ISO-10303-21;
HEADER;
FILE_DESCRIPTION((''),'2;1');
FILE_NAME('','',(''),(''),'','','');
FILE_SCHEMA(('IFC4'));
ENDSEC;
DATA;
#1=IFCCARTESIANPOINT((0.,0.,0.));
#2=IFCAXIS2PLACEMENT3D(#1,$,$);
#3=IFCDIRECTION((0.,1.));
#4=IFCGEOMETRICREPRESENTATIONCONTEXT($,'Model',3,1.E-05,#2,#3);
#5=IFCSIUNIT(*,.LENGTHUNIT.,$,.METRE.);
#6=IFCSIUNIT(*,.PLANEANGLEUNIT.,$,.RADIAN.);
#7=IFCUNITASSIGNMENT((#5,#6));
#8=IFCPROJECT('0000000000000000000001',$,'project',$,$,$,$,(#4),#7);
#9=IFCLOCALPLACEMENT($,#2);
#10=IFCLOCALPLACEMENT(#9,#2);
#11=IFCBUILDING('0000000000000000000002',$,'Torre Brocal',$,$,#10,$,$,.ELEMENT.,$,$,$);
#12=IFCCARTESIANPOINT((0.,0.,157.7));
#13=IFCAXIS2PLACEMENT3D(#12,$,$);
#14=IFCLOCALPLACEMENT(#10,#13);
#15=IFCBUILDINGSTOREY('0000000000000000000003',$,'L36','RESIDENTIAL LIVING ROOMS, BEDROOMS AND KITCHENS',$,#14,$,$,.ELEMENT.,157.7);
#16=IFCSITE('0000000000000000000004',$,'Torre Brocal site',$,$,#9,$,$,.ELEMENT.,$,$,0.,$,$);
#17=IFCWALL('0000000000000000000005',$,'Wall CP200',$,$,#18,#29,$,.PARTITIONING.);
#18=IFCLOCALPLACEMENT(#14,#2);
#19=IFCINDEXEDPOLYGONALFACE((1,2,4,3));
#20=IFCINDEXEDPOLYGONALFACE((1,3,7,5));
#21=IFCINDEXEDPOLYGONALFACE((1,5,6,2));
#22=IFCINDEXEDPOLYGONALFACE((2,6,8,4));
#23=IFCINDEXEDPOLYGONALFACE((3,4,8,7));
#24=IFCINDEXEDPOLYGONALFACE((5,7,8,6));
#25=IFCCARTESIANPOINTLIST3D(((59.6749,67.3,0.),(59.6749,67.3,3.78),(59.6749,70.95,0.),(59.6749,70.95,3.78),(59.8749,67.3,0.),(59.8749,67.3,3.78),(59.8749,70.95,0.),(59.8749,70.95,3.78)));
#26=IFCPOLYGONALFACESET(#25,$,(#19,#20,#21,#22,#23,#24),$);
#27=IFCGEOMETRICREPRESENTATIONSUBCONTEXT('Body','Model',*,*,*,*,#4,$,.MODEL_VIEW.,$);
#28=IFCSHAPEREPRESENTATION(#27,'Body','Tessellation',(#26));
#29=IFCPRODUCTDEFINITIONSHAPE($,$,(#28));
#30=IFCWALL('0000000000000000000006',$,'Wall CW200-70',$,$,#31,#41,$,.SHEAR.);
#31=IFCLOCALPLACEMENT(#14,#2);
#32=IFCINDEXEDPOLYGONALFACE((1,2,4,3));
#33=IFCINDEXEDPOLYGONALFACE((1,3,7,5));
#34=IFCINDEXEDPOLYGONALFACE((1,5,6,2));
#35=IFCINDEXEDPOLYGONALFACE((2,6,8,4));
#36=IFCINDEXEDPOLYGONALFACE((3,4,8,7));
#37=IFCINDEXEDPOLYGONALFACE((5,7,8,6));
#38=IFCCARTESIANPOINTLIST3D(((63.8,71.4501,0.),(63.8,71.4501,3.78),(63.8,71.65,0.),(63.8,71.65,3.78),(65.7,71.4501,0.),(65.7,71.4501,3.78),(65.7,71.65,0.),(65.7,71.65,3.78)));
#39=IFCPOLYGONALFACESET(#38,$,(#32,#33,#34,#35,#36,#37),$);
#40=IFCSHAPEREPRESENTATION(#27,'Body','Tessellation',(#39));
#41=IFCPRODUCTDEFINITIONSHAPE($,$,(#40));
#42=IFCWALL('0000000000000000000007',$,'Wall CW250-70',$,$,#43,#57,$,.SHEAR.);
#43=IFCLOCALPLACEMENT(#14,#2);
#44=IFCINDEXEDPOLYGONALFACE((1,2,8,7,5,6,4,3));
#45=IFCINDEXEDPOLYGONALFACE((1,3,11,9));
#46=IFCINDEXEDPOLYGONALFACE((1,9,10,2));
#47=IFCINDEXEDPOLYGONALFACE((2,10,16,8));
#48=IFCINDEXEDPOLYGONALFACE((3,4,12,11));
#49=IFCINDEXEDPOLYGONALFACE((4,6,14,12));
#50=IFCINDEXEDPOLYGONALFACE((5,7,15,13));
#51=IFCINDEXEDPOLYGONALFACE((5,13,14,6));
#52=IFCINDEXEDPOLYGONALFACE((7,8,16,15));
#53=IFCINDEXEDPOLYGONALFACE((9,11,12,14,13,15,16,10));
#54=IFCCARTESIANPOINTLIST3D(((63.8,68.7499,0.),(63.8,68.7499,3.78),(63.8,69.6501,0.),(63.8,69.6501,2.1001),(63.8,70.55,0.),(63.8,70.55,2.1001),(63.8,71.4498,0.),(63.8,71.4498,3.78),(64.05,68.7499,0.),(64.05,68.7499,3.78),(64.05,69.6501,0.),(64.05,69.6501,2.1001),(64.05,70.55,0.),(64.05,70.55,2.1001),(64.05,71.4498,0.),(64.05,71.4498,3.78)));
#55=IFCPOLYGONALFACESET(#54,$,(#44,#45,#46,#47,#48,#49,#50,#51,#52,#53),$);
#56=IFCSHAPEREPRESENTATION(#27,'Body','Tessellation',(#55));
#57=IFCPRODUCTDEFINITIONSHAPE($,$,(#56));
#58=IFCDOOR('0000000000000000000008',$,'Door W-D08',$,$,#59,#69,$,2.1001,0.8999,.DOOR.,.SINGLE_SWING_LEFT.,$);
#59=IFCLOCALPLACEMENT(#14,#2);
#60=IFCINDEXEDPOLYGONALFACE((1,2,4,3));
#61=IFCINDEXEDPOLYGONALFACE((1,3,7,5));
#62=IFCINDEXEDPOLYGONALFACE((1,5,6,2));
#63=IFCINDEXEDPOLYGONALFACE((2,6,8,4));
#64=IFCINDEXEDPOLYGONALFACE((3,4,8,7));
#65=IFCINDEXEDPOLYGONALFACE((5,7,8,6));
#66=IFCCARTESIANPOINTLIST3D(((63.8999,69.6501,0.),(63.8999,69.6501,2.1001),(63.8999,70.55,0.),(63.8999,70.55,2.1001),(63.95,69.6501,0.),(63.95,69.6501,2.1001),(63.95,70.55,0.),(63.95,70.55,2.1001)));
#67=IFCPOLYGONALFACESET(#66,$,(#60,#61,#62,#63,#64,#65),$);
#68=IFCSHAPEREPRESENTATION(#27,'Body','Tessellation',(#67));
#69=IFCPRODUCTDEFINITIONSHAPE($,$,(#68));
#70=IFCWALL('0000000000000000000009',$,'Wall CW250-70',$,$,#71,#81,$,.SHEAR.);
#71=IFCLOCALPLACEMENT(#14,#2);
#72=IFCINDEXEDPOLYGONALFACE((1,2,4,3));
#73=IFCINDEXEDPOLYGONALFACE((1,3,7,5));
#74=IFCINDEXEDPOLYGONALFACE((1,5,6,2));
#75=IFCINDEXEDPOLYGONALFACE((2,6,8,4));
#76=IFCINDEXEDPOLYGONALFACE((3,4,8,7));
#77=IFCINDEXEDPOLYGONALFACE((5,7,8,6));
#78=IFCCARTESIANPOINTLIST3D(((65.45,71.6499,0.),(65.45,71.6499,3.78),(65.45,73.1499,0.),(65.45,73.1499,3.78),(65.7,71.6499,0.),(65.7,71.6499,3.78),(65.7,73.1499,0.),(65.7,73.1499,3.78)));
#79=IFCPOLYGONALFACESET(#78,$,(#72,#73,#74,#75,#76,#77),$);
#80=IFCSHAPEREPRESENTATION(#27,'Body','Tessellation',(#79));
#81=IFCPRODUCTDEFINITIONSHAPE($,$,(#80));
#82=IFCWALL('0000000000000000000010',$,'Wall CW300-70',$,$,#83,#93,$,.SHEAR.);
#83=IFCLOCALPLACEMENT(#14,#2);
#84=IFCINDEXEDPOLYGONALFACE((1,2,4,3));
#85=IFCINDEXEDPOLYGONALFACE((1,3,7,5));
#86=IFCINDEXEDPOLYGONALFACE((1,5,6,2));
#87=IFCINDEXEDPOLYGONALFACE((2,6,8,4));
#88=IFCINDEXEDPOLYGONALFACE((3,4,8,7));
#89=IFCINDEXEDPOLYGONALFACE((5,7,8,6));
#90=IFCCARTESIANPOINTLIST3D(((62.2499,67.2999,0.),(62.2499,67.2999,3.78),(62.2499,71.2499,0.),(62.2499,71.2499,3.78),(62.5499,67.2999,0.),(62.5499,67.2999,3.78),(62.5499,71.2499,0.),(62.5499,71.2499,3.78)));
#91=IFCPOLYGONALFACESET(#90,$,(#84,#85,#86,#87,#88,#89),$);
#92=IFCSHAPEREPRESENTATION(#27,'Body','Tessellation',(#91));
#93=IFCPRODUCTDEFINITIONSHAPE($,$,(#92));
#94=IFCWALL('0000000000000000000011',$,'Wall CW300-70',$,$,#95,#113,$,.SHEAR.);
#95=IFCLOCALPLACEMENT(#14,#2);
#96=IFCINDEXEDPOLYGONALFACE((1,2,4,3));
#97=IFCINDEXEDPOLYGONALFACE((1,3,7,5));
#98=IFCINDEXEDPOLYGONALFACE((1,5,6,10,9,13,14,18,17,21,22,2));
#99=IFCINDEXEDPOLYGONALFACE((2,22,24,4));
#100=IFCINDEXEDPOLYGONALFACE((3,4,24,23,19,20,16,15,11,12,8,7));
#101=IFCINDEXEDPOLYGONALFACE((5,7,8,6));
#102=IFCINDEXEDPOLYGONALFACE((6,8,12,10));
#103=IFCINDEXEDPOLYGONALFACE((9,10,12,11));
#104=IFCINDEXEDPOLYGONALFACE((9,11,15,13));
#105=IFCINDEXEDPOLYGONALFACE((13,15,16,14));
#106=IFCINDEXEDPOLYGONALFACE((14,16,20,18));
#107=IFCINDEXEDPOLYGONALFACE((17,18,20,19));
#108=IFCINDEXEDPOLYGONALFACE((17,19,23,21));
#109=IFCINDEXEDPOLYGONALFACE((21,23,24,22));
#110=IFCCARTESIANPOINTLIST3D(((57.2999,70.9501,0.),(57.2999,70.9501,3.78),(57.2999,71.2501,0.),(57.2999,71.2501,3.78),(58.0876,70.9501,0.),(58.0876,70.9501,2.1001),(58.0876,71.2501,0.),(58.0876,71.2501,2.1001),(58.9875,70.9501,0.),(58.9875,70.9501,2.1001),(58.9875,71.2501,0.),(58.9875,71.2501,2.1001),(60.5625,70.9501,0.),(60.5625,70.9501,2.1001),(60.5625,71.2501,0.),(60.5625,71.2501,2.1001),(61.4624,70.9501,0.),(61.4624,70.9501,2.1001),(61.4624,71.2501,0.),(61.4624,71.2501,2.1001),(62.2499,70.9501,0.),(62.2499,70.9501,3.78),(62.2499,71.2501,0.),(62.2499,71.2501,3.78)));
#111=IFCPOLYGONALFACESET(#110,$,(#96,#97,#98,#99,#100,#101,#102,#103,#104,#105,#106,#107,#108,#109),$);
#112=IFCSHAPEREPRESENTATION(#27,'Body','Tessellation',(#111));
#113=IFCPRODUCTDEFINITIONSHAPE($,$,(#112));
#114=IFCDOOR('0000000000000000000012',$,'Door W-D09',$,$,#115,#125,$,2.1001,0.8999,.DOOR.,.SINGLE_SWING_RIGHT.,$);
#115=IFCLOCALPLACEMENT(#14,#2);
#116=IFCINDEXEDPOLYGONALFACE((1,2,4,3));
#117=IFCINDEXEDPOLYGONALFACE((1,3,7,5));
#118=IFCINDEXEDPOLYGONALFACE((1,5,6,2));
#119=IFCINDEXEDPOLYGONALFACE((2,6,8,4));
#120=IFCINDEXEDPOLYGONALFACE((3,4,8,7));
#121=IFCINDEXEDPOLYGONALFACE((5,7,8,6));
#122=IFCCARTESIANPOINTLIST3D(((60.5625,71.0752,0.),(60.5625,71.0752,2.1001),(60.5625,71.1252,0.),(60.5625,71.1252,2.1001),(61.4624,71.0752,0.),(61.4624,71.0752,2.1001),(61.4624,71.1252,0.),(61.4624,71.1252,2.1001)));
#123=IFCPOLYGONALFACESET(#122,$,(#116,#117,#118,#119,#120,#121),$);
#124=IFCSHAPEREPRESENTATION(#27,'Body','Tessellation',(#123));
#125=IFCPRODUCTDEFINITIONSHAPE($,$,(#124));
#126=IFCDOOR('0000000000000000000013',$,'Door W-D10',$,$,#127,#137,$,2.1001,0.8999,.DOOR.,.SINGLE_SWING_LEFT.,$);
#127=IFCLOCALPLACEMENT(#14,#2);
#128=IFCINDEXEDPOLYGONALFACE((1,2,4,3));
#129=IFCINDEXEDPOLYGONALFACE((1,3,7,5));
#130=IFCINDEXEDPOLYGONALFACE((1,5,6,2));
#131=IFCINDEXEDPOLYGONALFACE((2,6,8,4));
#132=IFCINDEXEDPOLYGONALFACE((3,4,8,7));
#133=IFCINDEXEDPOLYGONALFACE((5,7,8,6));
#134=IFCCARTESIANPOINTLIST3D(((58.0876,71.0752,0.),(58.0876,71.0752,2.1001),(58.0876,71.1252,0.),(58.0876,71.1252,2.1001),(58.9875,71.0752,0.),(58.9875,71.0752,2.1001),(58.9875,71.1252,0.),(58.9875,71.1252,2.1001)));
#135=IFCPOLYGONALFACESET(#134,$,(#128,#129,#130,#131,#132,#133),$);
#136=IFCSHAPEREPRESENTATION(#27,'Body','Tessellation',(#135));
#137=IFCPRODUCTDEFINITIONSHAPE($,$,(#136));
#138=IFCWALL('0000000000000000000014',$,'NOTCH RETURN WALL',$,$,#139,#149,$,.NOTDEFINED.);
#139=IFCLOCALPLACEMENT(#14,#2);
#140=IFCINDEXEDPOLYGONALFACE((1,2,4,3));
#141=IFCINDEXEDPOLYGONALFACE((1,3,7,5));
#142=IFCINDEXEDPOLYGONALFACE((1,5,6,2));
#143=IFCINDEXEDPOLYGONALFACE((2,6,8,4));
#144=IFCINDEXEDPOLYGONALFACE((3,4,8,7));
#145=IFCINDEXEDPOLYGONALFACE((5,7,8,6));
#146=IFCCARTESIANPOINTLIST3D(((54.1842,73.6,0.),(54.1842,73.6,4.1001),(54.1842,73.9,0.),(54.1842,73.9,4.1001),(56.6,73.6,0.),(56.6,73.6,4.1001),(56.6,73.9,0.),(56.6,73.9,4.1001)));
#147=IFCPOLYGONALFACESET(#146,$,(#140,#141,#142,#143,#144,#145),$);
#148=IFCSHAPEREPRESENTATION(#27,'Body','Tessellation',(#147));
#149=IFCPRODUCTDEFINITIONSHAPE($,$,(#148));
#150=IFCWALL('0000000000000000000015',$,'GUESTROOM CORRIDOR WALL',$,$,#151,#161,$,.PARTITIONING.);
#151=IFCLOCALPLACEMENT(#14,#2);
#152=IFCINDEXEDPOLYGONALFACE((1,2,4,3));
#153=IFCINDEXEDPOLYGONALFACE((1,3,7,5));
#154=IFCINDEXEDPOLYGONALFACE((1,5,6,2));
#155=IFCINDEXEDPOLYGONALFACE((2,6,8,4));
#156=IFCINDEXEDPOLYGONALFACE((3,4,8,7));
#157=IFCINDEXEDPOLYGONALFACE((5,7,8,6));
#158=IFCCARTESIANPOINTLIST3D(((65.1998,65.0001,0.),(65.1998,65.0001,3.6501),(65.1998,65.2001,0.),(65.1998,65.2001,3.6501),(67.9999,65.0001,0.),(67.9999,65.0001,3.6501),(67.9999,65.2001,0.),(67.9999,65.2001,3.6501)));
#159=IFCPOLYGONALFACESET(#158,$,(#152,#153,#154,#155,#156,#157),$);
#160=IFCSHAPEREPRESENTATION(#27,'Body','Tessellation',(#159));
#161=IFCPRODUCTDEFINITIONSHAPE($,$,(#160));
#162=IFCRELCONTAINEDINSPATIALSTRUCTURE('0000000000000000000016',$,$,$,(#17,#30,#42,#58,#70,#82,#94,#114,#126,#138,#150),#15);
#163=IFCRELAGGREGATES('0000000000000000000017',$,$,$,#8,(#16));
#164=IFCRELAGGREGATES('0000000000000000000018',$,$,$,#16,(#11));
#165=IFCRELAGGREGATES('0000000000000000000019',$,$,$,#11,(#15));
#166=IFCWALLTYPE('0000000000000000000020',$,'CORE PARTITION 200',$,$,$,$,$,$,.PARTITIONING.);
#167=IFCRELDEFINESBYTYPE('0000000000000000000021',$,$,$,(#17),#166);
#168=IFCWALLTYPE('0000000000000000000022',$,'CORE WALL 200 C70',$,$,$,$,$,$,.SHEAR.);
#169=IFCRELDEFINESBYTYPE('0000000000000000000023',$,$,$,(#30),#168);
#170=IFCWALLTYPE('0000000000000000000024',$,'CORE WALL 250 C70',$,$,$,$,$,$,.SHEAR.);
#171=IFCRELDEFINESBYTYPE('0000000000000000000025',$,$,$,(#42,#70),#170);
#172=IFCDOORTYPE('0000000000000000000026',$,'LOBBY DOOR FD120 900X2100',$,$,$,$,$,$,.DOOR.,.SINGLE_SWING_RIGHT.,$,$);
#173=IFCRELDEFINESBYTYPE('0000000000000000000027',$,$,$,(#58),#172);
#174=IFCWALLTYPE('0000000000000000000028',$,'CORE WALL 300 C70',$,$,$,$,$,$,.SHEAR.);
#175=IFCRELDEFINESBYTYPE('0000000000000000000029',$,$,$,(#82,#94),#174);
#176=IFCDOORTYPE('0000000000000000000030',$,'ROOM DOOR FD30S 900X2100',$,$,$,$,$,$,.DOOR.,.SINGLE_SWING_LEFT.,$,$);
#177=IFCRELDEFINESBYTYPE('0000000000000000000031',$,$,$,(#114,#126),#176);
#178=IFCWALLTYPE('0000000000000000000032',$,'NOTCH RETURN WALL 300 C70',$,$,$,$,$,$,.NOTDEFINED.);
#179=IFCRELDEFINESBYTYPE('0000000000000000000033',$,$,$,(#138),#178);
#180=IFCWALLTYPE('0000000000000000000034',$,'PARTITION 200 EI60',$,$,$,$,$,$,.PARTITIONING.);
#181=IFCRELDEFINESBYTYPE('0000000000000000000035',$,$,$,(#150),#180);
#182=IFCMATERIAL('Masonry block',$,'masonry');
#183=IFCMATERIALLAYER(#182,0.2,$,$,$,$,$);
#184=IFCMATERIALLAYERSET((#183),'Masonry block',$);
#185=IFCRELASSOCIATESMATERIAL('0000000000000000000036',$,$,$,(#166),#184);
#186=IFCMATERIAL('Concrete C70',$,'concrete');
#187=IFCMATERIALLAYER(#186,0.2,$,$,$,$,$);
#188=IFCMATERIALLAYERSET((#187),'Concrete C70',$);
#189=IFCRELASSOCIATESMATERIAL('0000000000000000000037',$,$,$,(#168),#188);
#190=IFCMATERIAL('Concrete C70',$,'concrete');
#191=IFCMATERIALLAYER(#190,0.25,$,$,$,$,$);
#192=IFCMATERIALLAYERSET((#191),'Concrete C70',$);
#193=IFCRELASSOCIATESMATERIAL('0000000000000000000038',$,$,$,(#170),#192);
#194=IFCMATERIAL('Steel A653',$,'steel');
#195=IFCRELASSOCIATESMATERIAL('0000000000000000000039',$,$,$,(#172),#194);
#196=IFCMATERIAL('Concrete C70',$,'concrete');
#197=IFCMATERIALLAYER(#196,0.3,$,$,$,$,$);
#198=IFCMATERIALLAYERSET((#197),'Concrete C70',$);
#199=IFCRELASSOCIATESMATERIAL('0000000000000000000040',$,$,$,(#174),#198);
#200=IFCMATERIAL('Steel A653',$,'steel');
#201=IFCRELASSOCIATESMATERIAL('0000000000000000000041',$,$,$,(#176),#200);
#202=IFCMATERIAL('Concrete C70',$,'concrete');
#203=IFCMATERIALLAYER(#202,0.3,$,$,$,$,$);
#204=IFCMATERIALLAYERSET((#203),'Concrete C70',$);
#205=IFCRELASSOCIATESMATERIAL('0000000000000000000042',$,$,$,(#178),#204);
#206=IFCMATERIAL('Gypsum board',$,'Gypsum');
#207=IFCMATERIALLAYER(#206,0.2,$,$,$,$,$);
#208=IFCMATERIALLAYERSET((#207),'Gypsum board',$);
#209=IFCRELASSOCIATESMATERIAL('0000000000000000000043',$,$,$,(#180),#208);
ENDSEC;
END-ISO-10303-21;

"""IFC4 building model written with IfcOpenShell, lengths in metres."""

from ifc_helpers import new_model, si_unit, direction, frame, frame_2d, origin, place, context, subcontext, project, spatial, rectangle, extrude, material, layer, layer_set, type_object, element, fill, save


model = new_model("IFC4")

# Units and contexts
model_context = context("Model", 3, precision=1e-05, world=origin(), true_north=direction((0.0, 1.0)))
body_context = subcontext(model_context, "Body", "Model", "MODEL_VIEW")
ifc_project = project(units=[si_unit("LENGTHUNIT", "METRE"), si_unit("PLANEANGLEUNIT", "RADIAN")], contexts=[model_context])

# Site, building, storey
site_placement = place(None, origin())
site = spatial("IfcSite", under=ifc_project, at=site_placement, Name="Torre Brocal site", CompositionType="ELEMENT", RefElevation=0.0)
building_placement = place(site_placement, origin())
building = spatial("IfcBuilding", under=site, at=building_placement, Name="Torre Brocal", CompositionType="ELEMENT")
storey_placement = place(building_placement, frame((0.0, 0.0, 157.7)))
storey = spatial("IfcBuildingStorey", under=building, at=storey_placement, Name="L36", Description="RESIDENTIAL LIVING ROOMS, BEDROOMS AND KITCHENS", CompositionType="ELEMENT", Elevation=157.7)

# Walls
ifc_material_1 = material(Name="Masonry block", Category="masonry")
ifc_layer_1 = layer(ifc_material_1, 0.2)
ifc_layer_set_1 = layer_set([ifc_layer_1], Name="Masonry block")
wall_type_1 = type_object("IfcWallType", Name="CORE PARTITION 200", PredefinedType="PARTITIONING", material=ifc_layer_set_1)
wall_1_placement = place(storey_placement, frame((59.7749, 70.95, 0.0), z_axis=(0.0, 0.0, 1.0), x_axis=(0.0, -1.0, 0.0)))
element("IfcWall", 1, at=wall_1_placement, inside=storey, type_object=wall_type_1, Name="Wall CP200", PredefinedType="PARTITIONING", context=body_context, shape_type="SweptSolid", body=[
    extrude(rectangle(XDim=3.6499, YDim=0.2, at=frame_2d((1.825, 0.0))), origin(), (0.0, 0.0, 1.0), 3.78),
])
ifc_material_2 = material(Name="Concrete C70", Category="concrete")
ifc_layer_2 = layer(ifc_material_2, 0.2)
ifc_layer_set_2 = layer_set([ifc_layer_2], Name="Concrete C70")
wall_type_2 = type_object("IfcWallType", Name="CORE WALL 200 C70", PredefinedType="SHEAR", material=ifc_layer_set_2)
wall_2_placement = place(storey_placement, frame((65.7, 71.55, 0.0), z_axis=(0.0, 0.0, 1.0), x_axis=(-1.0, 0.0, 0.0)))
element("IfcWall", 2, at=wall_2_placement, inside=storey, type_object=wall_type_2, Name="Wall CW200-70", PredefinedType="SHEAR", context=body_context, shape_type="SweptSolid", body=[
    extrude(rectangle(XDim=1.8999, YDim=0.2, at=frame_2d((0.95, 0.0))), origin(), (0.0, 0.0, 1.0), 3.78),
])

# Wall, opening, door
ifc_material_3 = material(Name="Concrete C70", Category="concrete")
ifc_layer_3 = layer(ifc_material_3, 0.25)
ifc_layer_set_3 = layer_set([ifc_layer_3], Name="Concrete C70")
wall_type_3 = type_object("IfcWallType", Name="CORE WALL 250 C70", PredefinedType="SHEAR", material=ifc_layer_set_3)
wall_3_placement = place(storey_placement, frame((63.925, 71.45, 0.0), z_axis=(0.0, 0.0, 1.0), x_axis=(0.0, -1.0, 0.0)))
wall_3 = element("IfcWall", 3, at=wall_3_placement, inside=storey, type_object=wall_type_3, Name="Wall CW250-70", PredefinedType="SHEAR", context=body_context, shape_type="SweptSolid", body=[
    extrude(rectangle(XDim=2.7, YDim=0.25, at=frame_2d((1.3501, 0.0))), origin(), (0.0, 0.0, 1.0), 3.78),
])
opening_1_placement = place(wall_3_placement, frame((0.8999, 0.0, 0.0)))
opening_1 = element("IfcOpeningElement", 4, at=opening_1_placement, cuts=wall_3, PredefinedType="OPENING", context=body_context, shape_type="SweptSolid", body=[
    extrude(rectangle(XDim=0.8999, YDim=2.1001, at=frame_2d((0.45, 1.05))), frame((0.0, 0.135, 0.0), z_axis=(0.0, -1.0, 0.0), x_axis=(1.0, 0.0, 0.0)), (0.0, 0.0, 1.0), 0.27),
])
ifc_material_4 = material(Name="Steel A653", Category="steel")
door_type_1 = type_object("IfcDoorType", Name="LOBBY DOOR FD120 900X2100", OperationType="SINGLE_SWING_RIGHT", PredefinedType="DOOR", material=ifc_material_4)
door_1_placement = place(opening_1_placement, origin())
door_1 = element("IfcDoor", 5, at=door_1_placement, inside=storey, type_object=door_type_1, Name="Door W-D08", OperationType="SINGLE_SWING_LEFT", OverallHeight=2.1001, OverallWidth=0.8999, PredefinedType="DOOR", context=body_context, shape_type="SweptSolid", body=[
    extrude(rectangle(XDim=0.8999, YDim=2.1001, at=frame_2d((0.45, 1.05))), frame((0.0, 0.0249, 0.0), z_axis=(0.0, -1.0, 0.0), x_axis=(1.0, 0.0, 0.0)), (0.0, 0.0, 1.0), 0.05),
])
fill(opening_1, door_1)

# Walls
wall_4_placement = place(storey_placement, frame((65.575, 73.1499, 0.0), z_axis=(0.0, 0.0, 1.0), x_axis=(0.0, -1.0, 0.0)))
element("IfcWall", 6, at=wall_4_placement, inside=storey, type_object=wall_type_3, Name="Wall CW250-70", PredefinedType="SHEAR", context=body_context, shape_type="SweptSolid", body=[
    extrude(rectangle(XDim=1.5, YDim=0.25, at=frame_2d((0.75, 0.0))), origin(), (0.0, 0.0, 1.0), 3.78),
])
ifc_material_5 = material(Name="Concrete C70", Category="concrete")
ifc_layer_4 = layer(ifc_material_5, 0.3)
ifc_layer_set_4 = layer_set([ifc_layer_4], Name="Concrete C70")
wall_type_4 = type_object("IfcWallType", Name="CORE WALL 300 C70", PredefinedType="SHEAR", material=ifc_layer_set_4)
wall_5_placement = place(storey_placement, frame((62.3999, 71.25, 0.0), z_axis=(0.0, 0.0, 1.0), x_axis=(0.0, -1.0, 0.0)))
element("IfcWall", 7, at=wall_5_placement, inside=storey, type_object=wall_type_4, Name="Wall CW300-70", PredefinedType="SHEAR", context=body_context, shape_type="SweptSolid", body=[
    extrude(rectangle(XDim=3.95, YDim=0.3, at=frame_2d((1.9751, 0.0))), origin(), (0.0, 0.0, 1.0), 3.78),
])

# Wall, openings, doors
wall_6_placement = place(storey_placement, frame((62.25, 71.1001, 0.0), z_axis=(0.0, 0.0, 1.0), x_axis=(-1.0, 0.0, 0.0)))
wall_6 = element("IfcWall", 8, at=wall_6_placement, inside=storey, type_object=wall_type_4, Name="Wall CW300-70", PredefinedType="SHEAR", context=body_context, shape_type="SweptSolid", body=[
    extrude(rectangle(XDim=4.95, YDim=0.3, at=frame_2d((2.4751, 0.0))), origin(), (0.0, 0.0, 1.0), 3.78),
])
opening_2_placement = place(wall_6_placement, frame((0.7876, 0.0, 0.0)))
opening_2 = element("IfcOpeningElement", 9, at=opening_2_placement, cuts=wall_6, PredefinedType="OPENING", context=body_context, shape_type="SweptSolid", body=[
    extrude(rectangle(XDim=0.8999, YDim=2.1001, at=frame_2d((0.45, 1.05))), frame((0.0, 0.1599, 0.0), z_axis=(0.0, -1.0, 0.0), x_axis=(1.0, 0.0, 0.0)), (0.0, 0.0, 1.0), 0.3201),
])
opening_3_placement = place(wall_6_placement, frame((3.2625, 0.0, 0.0)))
opening_3 = element("IfcOpeningElement", 10, at=opening_3_placement, cuts=wall_6, PredefinedType="OPENING", context=body_context, shape_type="SweptSolid", body=[
    extrude(rectangle(XDim=0.8999, YDim=2.1001, at=frame_2d((0.45, 1.05))), frame((0.0, 0.1599, 0.0), z_axis=(0.0, -1.0, 0.0), x_axis=(1.0, 0.0, 0.0)), (0.0, 0.0, 1.0), 0.3201),
])
ifc_material_6 = material(Name="Steel A653", Category="steel")
door_type_2 = type_object("IfcDoorType", Name="ROOM DOOR FD30S 900X2100", OperationType="SINGLE_SWING_LEFT", PredefinedType="DOOR", material=ifc_material_6)
door_2_placement = place(opening_2_placement, origin())
door_2 = element("IfcDoor", 11, at=door_2_placement, inside=storey, type_object=door_type_2, Name="Door W-D09", OperationType="SINGLE_SWING_RIGHT", OverallHeight=2.1001, OverallWidth=0.8999, PredefinedType="DOOR", context=body_context, shape_type="SweptSolid", body=[
    extrude(rectangle(XDim=0.8999, YDim=2.1001, at=frame_2d((0.45, 1.05))), frame((0.0, 0.0249, 0.0), z_axis=(0.0, -1.0, 0.0), x_axis=(1.0, 0.0, 0.0)), (0.0, 0.0, 1.0), 0.05),
])
fill(opening_2, door_2)
door_3_placement = place(opening_3_placement, origin())
door_3 = element("IfcDoor", 12, at=door_3_placement, inside=storey, type_object=door_type_2, Name="Door W-D10", OperationType="SINGLE_SWING_LEFT", OverallHeight=2.1001, OverallWidth=0.8999, PredefinedType="DOOR", context=body_context, shape_type="SweptSolid", body=[
    extrude(rectangle(XDim=0.8999, YDim=2.1001, at=frame_2d((0.45, 1.05))), frame((0.0, 0.0249, 0.0), z_axis=(0.0, -1.0, 0.0), x_axis=(1.0, 0.0, 0.0)), (0.0, 0.0, 1.0), 0.05),
])
fill(opening_3, door_3)

# Walls
ifc_material_7 = material(Name="Concrete C70", Category="concrete")
ifc_layer_5 = layer(ifc_material_7, 0.3)
ifc_layer_set_5 = layer_set([ifc_layer_5], Name="Concrete C70")
wall_type_5 = type_object("IfcWallType", Name="NOTCH RETURN WALL 300 C70", PredefinedType="NOTDEFINED", material=ifc_layer_set_5)
wall_7_placement = place(storey_placement, frame((56.6001, 73.75, 0.0), z_axis=(0.0, 0.0, 1.0), x_axis=(-1.0, 0.0, 0.0)))
element("IfcWall", 13, at=wall_7_placement, inside=storey, type_object=wall_type_5, Name="NOTCH RETURN WALL", PredefinedType="NOTDEFINED", context=body_context, shape_type="SweptSolid", body=[
    extrude(rectangle(XDim=2.4158, YDim=0.3, at=frame_2d((1.208, 0.0))), origin(), (0.0, 0.0, 1.0), 4.1001),
])
ifc_material_8 = material(Name="Gypsum board", Category="Gypsum")
ifc_layer_6 = layer(ifc_material_8, 0.2)
ifc_layer_set_6 = layer_set([ifc_layer_6], Name="Gypsum board")
wall_type_6 = type_object("IfcWallType", Name="PARTITION 200 EI60", PredefinedType="PARTITIONING", material=ifc_layer_set_6)
wall_8_placement = place(storey_placement, frame((65.2, 65.1001, 0.0), z_axis=(0.0, 0.0, 1.0), x_axis=(1.0, 0.0, 0.0)))
element("IfcWall", 14, at=wall_8_placement, inside=storey, type_object=wall_type_6, Name="GUESTROOM CORRIDOR WALL", PredefinedType="PARTITIONING", context=body_context, shape_type="SweptSolid", body=[
    extrude(rectangle(XDim=2.8, YDim=0.2, at=frame_2d((1.3999, 0.0))), origin(), (0.0, 0.0, 1.0), 3.6501),
])

save(model, "model.ifc")
